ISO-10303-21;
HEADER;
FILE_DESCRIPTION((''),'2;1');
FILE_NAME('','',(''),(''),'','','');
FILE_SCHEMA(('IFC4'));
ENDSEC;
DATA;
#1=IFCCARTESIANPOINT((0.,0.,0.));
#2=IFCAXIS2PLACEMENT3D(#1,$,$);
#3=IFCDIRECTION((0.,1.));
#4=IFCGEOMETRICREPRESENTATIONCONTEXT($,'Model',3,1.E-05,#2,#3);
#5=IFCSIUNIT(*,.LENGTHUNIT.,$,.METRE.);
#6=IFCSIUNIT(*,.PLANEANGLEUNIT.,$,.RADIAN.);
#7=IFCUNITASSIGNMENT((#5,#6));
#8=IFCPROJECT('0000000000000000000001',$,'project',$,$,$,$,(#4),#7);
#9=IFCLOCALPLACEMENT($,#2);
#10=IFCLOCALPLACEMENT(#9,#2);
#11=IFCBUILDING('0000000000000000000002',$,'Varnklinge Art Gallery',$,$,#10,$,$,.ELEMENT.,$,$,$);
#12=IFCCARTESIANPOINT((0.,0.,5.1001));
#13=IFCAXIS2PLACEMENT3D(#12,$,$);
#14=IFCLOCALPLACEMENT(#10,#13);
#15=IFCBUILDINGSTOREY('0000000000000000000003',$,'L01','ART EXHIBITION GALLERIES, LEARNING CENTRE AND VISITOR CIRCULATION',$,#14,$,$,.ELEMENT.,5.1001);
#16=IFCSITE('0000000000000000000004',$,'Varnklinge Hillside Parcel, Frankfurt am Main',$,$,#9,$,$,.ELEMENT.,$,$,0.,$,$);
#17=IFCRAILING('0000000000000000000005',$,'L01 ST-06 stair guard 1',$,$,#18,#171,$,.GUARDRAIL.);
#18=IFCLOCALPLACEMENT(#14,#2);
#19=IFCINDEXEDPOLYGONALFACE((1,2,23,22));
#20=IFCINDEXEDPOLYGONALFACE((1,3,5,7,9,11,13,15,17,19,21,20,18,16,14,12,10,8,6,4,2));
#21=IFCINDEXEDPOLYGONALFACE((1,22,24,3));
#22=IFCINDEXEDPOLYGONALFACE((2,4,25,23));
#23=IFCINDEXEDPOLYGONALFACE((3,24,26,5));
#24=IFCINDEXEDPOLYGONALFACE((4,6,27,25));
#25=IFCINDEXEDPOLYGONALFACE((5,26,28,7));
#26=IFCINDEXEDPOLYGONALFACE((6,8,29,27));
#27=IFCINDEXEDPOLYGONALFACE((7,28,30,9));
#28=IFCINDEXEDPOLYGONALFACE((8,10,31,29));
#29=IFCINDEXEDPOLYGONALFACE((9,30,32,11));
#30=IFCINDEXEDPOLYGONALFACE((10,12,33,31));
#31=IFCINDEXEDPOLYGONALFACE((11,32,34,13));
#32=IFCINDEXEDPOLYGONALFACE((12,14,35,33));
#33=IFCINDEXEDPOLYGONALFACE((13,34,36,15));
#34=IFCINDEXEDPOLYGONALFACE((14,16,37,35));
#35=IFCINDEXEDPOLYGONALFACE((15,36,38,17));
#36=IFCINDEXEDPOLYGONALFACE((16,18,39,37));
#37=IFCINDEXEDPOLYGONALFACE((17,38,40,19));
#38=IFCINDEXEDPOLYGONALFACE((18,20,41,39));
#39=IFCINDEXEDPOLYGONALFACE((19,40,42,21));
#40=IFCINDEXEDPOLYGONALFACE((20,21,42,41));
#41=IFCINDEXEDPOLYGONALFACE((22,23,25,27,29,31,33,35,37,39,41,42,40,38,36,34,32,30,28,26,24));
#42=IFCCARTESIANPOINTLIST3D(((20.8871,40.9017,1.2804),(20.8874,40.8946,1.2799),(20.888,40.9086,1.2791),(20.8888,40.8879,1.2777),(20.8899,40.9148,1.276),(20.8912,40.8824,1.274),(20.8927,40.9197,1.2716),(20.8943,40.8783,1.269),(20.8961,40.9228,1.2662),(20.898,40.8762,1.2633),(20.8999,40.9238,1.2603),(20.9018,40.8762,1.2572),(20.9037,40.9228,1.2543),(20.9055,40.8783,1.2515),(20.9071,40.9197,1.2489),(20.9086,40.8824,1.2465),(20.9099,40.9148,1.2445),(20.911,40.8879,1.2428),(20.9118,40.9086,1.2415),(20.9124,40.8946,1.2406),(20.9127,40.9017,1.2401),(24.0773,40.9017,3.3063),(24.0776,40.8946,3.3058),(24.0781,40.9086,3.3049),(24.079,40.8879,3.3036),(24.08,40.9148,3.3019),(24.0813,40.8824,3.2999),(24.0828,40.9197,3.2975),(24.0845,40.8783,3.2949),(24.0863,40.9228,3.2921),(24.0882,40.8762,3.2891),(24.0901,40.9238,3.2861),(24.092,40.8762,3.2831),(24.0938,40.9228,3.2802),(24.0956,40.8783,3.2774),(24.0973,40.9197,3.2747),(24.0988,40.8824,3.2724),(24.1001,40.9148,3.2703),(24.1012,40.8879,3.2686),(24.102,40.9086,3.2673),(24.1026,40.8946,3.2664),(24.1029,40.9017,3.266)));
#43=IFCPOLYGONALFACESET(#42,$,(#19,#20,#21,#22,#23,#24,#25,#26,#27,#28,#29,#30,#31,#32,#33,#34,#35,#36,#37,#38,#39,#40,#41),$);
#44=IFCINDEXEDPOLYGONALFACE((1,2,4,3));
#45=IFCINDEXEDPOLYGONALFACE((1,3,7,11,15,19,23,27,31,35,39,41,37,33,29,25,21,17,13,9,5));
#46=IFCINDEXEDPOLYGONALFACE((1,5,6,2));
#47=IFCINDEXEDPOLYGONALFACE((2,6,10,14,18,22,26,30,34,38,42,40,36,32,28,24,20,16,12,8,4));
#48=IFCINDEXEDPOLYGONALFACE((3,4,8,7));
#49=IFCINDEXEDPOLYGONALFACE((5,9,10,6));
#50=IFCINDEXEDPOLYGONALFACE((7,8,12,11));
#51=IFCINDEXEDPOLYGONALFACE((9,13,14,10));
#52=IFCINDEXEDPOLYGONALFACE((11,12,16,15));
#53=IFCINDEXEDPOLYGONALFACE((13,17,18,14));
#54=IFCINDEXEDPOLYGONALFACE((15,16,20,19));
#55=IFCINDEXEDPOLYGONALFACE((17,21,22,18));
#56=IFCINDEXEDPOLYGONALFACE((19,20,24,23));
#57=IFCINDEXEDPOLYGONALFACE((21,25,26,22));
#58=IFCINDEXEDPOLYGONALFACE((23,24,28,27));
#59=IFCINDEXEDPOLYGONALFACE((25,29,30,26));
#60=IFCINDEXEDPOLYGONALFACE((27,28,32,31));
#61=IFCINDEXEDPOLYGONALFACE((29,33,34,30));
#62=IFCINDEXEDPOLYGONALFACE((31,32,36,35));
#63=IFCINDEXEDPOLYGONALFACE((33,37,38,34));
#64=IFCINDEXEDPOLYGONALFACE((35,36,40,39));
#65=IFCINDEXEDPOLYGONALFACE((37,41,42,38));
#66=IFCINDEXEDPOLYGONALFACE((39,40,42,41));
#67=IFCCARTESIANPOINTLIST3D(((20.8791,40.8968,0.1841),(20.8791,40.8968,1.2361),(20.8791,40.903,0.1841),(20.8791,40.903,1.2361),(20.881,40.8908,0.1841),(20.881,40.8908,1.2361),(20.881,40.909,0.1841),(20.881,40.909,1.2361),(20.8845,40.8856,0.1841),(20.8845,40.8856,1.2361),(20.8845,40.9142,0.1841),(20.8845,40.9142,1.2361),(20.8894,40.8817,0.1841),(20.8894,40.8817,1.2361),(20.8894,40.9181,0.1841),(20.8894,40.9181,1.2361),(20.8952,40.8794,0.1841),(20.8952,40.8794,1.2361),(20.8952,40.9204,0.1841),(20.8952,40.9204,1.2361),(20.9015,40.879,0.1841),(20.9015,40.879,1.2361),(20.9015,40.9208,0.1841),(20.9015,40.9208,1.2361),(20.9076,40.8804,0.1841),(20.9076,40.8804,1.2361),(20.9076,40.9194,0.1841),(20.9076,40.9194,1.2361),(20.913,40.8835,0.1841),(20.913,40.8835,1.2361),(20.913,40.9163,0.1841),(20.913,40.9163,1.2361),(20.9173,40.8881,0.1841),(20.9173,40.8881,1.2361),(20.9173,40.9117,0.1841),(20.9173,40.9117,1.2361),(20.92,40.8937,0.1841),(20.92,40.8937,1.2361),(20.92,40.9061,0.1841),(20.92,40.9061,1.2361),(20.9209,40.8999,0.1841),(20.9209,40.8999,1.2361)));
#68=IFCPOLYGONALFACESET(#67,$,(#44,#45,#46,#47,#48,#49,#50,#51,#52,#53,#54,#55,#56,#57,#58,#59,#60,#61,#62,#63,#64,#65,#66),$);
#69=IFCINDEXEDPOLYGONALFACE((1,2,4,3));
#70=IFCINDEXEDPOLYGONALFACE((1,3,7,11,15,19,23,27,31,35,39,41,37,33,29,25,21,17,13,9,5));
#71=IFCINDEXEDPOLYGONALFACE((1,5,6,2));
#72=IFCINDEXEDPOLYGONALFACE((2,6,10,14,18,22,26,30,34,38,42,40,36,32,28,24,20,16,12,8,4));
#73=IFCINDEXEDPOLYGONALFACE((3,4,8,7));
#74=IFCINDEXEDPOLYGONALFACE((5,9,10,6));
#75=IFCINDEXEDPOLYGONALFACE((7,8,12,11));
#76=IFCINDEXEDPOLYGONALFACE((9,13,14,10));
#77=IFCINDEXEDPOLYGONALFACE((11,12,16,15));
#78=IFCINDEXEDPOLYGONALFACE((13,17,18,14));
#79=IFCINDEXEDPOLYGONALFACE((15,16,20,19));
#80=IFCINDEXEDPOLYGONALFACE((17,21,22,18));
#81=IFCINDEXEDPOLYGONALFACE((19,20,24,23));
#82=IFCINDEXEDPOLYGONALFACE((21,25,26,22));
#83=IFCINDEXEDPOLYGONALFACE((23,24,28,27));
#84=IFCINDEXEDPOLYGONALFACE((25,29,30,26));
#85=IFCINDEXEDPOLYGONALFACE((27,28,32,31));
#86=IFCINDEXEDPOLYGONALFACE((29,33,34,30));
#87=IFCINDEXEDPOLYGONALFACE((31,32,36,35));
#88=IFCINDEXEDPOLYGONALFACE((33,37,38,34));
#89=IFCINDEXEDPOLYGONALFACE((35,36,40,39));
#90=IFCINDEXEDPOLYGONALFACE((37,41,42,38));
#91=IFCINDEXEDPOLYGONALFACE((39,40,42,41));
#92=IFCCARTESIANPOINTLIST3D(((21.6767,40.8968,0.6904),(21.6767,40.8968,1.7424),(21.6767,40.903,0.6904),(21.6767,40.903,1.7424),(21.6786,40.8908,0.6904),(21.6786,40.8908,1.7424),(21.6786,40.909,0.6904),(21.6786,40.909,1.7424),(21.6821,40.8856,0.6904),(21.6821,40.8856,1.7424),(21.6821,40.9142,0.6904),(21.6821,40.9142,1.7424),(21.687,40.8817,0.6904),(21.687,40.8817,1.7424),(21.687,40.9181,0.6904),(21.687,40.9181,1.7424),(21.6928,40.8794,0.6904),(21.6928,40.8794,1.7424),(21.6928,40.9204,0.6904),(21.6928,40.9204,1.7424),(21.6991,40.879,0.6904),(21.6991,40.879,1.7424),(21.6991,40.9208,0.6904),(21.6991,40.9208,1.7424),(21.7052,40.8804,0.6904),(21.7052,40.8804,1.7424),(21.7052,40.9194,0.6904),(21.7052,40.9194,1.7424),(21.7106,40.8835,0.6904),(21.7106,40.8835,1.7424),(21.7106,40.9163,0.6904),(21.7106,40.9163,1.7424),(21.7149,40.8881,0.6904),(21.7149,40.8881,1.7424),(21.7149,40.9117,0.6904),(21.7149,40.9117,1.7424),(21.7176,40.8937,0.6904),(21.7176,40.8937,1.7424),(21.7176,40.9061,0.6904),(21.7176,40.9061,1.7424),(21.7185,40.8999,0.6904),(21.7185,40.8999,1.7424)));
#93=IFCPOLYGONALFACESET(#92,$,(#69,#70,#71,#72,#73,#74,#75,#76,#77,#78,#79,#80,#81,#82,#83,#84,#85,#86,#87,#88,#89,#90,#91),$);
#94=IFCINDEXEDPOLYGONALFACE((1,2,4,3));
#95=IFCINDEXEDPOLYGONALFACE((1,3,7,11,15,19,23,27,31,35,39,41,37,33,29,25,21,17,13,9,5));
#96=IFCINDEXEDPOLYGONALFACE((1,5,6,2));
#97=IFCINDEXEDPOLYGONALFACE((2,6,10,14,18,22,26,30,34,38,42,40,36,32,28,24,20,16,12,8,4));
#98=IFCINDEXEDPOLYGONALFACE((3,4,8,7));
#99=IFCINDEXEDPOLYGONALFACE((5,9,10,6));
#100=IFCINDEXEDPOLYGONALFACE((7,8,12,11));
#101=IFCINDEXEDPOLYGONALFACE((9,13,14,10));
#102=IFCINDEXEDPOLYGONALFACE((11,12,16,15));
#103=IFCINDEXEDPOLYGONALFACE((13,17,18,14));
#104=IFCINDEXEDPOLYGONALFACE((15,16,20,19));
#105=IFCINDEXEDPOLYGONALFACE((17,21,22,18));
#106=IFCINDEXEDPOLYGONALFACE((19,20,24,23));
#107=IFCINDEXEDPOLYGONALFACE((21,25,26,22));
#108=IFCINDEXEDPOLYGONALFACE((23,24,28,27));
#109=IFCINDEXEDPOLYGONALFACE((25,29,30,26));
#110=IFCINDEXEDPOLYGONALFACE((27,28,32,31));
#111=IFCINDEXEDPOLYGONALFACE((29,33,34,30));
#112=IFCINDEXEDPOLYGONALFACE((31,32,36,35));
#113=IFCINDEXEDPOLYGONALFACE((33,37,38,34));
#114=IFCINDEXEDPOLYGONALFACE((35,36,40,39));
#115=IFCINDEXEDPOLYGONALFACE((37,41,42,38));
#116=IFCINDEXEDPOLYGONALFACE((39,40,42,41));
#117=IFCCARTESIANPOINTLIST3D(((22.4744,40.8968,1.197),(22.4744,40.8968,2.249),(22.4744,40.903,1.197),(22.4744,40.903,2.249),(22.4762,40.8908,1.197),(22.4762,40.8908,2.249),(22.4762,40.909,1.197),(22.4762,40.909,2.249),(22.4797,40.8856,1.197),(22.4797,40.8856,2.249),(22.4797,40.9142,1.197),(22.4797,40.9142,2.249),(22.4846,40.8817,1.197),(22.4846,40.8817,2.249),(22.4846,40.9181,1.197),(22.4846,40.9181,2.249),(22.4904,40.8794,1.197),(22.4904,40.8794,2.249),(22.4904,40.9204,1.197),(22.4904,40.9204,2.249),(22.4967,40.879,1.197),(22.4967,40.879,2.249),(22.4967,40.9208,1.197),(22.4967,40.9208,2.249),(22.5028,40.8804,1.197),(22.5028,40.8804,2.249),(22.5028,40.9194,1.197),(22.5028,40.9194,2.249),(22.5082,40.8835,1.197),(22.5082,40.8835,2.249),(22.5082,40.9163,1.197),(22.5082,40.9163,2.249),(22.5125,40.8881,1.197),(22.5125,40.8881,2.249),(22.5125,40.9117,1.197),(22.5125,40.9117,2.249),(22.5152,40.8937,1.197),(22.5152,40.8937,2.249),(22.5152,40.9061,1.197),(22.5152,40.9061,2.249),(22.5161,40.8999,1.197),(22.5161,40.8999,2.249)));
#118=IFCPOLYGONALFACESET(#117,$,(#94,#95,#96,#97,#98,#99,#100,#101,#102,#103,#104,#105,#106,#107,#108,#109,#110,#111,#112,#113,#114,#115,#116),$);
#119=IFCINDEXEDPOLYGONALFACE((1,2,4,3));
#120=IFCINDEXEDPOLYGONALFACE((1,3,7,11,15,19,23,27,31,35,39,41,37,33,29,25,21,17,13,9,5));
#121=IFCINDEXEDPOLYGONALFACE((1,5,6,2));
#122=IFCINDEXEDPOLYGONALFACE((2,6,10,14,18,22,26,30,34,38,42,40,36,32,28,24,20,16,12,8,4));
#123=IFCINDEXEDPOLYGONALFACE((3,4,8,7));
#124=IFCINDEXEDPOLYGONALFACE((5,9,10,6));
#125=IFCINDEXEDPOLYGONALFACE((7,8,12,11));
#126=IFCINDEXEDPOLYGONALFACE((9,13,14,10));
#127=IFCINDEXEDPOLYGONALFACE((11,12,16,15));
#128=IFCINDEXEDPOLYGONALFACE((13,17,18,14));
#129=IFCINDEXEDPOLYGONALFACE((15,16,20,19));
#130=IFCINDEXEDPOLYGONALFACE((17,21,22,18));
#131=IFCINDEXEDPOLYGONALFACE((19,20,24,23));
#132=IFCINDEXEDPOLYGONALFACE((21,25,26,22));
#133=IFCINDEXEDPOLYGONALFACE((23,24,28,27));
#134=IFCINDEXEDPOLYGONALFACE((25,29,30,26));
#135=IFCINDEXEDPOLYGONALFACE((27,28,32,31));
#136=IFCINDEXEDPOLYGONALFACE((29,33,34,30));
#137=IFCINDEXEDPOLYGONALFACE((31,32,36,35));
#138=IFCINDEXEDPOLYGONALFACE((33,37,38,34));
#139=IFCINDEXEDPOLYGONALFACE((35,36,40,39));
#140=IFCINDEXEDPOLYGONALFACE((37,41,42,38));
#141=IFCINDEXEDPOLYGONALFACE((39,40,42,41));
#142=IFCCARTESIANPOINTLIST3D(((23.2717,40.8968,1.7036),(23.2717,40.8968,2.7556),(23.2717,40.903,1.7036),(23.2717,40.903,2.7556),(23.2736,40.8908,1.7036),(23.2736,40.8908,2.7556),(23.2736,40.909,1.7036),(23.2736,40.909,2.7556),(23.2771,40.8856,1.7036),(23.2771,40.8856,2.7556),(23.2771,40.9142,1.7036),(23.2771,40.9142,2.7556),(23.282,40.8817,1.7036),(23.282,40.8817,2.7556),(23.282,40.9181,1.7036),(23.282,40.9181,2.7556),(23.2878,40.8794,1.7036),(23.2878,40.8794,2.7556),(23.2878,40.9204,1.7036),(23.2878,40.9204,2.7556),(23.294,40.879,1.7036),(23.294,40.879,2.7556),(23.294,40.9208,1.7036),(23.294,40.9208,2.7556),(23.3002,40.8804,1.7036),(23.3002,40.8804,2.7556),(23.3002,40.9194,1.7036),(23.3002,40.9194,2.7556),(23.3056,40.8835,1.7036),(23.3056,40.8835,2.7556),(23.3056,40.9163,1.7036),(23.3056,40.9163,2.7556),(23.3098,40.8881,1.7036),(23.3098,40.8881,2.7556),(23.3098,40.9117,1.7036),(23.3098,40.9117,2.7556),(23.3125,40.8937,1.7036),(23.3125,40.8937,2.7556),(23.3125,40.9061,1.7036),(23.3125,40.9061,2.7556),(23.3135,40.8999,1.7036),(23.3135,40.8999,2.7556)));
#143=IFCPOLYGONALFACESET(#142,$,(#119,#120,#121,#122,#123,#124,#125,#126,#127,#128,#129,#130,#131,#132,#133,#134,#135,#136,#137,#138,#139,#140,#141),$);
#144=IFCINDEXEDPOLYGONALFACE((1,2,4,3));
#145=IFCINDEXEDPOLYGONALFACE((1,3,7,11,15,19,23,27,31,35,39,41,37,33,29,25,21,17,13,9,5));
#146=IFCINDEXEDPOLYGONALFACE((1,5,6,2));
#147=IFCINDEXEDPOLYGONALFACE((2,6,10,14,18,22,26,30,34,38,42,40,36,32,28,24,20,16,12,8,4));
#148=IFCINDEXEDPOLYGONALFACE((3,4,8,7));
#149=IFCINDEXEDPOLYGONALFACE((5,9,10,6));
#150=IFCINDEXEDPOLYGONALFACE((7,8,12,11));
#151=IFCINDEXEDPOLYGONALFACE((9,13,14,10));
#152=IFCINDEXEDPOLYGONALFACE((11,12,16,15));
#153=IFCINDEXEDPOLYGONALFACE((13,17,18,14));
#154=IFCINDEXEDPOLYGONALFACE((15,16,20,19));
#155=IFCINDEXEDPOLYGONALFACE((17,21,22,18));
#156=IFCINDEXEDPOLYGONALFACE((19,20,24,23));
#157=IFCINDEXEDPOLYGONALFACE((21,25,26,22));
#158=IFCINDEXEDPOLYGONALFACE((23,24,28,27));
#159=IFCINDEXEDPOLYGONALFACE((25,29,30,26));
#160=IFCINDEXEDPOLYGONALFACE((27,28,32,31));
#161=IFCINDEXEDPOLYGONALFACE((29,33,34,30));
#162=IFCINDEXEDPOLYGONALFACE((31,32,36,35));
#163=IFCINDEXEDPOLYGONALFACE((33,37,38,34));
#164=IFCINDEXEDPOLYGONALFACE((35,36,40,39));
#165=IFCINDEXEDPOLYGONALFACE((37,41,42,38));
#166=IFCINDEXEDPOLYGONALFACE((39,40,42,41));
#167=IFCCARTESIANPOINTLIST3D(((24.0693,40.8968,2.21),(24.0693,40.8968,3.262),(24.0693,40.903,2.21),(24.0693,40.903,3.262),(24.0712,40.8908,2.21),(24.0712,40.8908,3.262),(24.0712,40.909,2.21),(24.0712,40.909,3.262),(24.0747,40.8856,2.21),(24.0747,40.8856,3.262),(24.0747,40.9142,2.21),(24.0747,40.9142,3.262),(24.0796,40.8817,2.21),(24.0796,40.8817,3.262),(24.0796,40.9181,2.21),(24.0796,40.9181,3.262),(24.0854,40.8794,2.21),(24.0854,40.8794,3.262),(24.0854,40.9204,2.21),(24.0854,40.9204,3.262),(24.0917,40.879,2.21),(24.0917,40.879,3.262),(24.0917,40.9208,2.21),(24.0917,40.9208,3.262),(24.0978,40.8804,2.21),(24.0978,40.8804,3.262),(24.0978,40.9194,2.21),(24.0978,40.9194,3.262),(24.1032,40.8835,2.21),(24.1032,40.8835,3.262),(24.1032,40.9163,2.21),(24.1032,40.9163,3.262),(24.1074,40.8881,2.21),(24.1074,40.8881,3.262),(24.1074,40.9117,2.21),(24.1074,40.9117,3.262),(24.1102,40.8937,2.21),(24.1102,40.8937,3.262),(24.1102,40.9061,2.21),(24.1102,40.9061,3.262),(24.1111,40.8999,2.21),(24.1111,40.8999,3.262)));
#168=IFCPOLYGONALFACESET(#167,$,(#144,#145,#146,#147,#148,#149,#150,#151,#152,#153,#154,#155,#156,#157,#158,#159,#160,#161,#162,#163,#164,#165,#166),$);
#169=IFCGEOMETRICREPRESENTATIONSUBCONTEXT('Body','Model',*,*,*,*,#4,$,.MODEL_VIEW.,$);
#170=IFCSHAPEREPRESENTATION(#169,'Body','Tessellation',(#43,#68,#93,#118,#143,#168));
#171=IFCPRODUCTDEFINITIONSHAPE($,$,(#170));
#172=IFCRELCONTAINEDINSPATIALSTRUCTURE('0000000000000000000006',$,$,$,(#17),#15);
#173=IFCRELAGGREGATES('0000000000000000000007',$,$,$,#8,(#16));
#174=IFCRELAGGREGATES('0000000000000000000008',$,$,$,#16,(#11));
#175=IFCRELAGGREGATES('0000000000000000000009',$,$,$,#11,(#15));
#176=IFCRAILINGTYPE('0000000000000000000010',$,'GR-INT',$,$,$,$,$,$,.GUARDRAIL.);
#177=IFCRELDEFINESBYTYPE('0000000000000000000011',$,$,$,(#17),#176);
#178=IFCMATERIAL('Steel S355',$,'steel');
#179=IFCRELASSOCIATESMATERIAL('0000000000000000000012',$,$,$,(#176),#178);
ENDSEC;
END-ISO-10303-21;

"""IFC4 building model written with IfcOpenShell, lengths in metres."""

from ifc_helpers import new_model, si_unit, direction, frame, origin, origin_2d, place, context, subcontext, project, spatial, circle, extrude, material, type_object, element, save


model = new_model("IFC4")

# Units and contexts
model_context = context("Model", 3, precision=1e-05, world=origin(), true_north=direction((0.0, 1.0)))
body_context = subcontext(model_context, "Body", "Model", "MODEL_VIEW")
ifc_project = project(units=[si_unit("LENGTHUNIT", "METRE"), si_unit("PLANEANGLEUNIT", "RADIAN")], contexts=[model_context])

# Site, building, storey
site_placement = place(None, origin())
site = spatial("IfcSite", under=ifc_project, at=site_placement, Name="Varnklinge Hillside Parcel, Frankfurt am Main", CompositionType="ELEMENT", RefElevation=0.0)
building_placement = place(site_placement, origin())
building = spatial("IfcBuilding", under=site, at=building_placement, Name="Varnklinge Art Gallery", CompositionType="ELEMENT")
storey_placement = place(building_placement, frame((0.0, 0.0, 5.1001)))
storey = spatial("IfcBuildingStorey", under=building, at=storey_placement, Name="L01", Description="ART EXHIBITION GALLERIES, LEARNING CENTRE AND VISITOR CIRCULATION", CompositionType="ELEMENT", Elevation=5.1001)

# Railing
ifc_material_1 = material(Name="Steel S355", Category="steel")
railing_type_1 = type_object("IfcRailingType", Name="GR-INT", PredefinedType="GUARDRAIL", material=ifc_material_1)
railing_1_placement = place(storey_placement, frame((20.8999, 40.8999, 0.1841)))
element("IfcRailing", 1, at=railing_1_placement, inside=storey, type_object=railing_type_1, Name="L01 ST-06 stair guard 1", PredefinedType="GUARDRAIL", context=body_context, shape_type="SweptSolid", body=[
    extrude(circle(Radius=0.0239, at=origin_2d()), frame((0.0, 0.0, 1.0762), z_axis=(0.844169, 0.0, 0.536077), x_axis=(0.0, 1.0, 0.0)), (0.0, 0.0, 1.0), 3.7791),
    extrude(circle(Radius=0.021, at=origin_2d()), origin(), (0.0, 0.0, 1.0), 1.052),
    extrude(circle(Radius=0.021, at=origin_2d()), frame((0.7976, 0.0, 0.5063)), (0.0, 0.0, 1.0), 1.052),
    extrude(circle(Radius=0.021, at=origin_2d()), frame((1.5952, 0.0, 1.0129)), (0.0, 0.0, 1.0), 1.052),
    extrude(circle(Radius=0.021, at=origin_2d()), frame((2.3926, 0.0, 1.5195)), (0.0, 0.0, 1.0), 1.052),
    extrude(circle(Radius=0.021, at=origin_2d()), frame((3.1902, 0.0, 2.0259)), (0.0, 0.0, 1.0), 1.052),
])

save(model, "model.ifc")
